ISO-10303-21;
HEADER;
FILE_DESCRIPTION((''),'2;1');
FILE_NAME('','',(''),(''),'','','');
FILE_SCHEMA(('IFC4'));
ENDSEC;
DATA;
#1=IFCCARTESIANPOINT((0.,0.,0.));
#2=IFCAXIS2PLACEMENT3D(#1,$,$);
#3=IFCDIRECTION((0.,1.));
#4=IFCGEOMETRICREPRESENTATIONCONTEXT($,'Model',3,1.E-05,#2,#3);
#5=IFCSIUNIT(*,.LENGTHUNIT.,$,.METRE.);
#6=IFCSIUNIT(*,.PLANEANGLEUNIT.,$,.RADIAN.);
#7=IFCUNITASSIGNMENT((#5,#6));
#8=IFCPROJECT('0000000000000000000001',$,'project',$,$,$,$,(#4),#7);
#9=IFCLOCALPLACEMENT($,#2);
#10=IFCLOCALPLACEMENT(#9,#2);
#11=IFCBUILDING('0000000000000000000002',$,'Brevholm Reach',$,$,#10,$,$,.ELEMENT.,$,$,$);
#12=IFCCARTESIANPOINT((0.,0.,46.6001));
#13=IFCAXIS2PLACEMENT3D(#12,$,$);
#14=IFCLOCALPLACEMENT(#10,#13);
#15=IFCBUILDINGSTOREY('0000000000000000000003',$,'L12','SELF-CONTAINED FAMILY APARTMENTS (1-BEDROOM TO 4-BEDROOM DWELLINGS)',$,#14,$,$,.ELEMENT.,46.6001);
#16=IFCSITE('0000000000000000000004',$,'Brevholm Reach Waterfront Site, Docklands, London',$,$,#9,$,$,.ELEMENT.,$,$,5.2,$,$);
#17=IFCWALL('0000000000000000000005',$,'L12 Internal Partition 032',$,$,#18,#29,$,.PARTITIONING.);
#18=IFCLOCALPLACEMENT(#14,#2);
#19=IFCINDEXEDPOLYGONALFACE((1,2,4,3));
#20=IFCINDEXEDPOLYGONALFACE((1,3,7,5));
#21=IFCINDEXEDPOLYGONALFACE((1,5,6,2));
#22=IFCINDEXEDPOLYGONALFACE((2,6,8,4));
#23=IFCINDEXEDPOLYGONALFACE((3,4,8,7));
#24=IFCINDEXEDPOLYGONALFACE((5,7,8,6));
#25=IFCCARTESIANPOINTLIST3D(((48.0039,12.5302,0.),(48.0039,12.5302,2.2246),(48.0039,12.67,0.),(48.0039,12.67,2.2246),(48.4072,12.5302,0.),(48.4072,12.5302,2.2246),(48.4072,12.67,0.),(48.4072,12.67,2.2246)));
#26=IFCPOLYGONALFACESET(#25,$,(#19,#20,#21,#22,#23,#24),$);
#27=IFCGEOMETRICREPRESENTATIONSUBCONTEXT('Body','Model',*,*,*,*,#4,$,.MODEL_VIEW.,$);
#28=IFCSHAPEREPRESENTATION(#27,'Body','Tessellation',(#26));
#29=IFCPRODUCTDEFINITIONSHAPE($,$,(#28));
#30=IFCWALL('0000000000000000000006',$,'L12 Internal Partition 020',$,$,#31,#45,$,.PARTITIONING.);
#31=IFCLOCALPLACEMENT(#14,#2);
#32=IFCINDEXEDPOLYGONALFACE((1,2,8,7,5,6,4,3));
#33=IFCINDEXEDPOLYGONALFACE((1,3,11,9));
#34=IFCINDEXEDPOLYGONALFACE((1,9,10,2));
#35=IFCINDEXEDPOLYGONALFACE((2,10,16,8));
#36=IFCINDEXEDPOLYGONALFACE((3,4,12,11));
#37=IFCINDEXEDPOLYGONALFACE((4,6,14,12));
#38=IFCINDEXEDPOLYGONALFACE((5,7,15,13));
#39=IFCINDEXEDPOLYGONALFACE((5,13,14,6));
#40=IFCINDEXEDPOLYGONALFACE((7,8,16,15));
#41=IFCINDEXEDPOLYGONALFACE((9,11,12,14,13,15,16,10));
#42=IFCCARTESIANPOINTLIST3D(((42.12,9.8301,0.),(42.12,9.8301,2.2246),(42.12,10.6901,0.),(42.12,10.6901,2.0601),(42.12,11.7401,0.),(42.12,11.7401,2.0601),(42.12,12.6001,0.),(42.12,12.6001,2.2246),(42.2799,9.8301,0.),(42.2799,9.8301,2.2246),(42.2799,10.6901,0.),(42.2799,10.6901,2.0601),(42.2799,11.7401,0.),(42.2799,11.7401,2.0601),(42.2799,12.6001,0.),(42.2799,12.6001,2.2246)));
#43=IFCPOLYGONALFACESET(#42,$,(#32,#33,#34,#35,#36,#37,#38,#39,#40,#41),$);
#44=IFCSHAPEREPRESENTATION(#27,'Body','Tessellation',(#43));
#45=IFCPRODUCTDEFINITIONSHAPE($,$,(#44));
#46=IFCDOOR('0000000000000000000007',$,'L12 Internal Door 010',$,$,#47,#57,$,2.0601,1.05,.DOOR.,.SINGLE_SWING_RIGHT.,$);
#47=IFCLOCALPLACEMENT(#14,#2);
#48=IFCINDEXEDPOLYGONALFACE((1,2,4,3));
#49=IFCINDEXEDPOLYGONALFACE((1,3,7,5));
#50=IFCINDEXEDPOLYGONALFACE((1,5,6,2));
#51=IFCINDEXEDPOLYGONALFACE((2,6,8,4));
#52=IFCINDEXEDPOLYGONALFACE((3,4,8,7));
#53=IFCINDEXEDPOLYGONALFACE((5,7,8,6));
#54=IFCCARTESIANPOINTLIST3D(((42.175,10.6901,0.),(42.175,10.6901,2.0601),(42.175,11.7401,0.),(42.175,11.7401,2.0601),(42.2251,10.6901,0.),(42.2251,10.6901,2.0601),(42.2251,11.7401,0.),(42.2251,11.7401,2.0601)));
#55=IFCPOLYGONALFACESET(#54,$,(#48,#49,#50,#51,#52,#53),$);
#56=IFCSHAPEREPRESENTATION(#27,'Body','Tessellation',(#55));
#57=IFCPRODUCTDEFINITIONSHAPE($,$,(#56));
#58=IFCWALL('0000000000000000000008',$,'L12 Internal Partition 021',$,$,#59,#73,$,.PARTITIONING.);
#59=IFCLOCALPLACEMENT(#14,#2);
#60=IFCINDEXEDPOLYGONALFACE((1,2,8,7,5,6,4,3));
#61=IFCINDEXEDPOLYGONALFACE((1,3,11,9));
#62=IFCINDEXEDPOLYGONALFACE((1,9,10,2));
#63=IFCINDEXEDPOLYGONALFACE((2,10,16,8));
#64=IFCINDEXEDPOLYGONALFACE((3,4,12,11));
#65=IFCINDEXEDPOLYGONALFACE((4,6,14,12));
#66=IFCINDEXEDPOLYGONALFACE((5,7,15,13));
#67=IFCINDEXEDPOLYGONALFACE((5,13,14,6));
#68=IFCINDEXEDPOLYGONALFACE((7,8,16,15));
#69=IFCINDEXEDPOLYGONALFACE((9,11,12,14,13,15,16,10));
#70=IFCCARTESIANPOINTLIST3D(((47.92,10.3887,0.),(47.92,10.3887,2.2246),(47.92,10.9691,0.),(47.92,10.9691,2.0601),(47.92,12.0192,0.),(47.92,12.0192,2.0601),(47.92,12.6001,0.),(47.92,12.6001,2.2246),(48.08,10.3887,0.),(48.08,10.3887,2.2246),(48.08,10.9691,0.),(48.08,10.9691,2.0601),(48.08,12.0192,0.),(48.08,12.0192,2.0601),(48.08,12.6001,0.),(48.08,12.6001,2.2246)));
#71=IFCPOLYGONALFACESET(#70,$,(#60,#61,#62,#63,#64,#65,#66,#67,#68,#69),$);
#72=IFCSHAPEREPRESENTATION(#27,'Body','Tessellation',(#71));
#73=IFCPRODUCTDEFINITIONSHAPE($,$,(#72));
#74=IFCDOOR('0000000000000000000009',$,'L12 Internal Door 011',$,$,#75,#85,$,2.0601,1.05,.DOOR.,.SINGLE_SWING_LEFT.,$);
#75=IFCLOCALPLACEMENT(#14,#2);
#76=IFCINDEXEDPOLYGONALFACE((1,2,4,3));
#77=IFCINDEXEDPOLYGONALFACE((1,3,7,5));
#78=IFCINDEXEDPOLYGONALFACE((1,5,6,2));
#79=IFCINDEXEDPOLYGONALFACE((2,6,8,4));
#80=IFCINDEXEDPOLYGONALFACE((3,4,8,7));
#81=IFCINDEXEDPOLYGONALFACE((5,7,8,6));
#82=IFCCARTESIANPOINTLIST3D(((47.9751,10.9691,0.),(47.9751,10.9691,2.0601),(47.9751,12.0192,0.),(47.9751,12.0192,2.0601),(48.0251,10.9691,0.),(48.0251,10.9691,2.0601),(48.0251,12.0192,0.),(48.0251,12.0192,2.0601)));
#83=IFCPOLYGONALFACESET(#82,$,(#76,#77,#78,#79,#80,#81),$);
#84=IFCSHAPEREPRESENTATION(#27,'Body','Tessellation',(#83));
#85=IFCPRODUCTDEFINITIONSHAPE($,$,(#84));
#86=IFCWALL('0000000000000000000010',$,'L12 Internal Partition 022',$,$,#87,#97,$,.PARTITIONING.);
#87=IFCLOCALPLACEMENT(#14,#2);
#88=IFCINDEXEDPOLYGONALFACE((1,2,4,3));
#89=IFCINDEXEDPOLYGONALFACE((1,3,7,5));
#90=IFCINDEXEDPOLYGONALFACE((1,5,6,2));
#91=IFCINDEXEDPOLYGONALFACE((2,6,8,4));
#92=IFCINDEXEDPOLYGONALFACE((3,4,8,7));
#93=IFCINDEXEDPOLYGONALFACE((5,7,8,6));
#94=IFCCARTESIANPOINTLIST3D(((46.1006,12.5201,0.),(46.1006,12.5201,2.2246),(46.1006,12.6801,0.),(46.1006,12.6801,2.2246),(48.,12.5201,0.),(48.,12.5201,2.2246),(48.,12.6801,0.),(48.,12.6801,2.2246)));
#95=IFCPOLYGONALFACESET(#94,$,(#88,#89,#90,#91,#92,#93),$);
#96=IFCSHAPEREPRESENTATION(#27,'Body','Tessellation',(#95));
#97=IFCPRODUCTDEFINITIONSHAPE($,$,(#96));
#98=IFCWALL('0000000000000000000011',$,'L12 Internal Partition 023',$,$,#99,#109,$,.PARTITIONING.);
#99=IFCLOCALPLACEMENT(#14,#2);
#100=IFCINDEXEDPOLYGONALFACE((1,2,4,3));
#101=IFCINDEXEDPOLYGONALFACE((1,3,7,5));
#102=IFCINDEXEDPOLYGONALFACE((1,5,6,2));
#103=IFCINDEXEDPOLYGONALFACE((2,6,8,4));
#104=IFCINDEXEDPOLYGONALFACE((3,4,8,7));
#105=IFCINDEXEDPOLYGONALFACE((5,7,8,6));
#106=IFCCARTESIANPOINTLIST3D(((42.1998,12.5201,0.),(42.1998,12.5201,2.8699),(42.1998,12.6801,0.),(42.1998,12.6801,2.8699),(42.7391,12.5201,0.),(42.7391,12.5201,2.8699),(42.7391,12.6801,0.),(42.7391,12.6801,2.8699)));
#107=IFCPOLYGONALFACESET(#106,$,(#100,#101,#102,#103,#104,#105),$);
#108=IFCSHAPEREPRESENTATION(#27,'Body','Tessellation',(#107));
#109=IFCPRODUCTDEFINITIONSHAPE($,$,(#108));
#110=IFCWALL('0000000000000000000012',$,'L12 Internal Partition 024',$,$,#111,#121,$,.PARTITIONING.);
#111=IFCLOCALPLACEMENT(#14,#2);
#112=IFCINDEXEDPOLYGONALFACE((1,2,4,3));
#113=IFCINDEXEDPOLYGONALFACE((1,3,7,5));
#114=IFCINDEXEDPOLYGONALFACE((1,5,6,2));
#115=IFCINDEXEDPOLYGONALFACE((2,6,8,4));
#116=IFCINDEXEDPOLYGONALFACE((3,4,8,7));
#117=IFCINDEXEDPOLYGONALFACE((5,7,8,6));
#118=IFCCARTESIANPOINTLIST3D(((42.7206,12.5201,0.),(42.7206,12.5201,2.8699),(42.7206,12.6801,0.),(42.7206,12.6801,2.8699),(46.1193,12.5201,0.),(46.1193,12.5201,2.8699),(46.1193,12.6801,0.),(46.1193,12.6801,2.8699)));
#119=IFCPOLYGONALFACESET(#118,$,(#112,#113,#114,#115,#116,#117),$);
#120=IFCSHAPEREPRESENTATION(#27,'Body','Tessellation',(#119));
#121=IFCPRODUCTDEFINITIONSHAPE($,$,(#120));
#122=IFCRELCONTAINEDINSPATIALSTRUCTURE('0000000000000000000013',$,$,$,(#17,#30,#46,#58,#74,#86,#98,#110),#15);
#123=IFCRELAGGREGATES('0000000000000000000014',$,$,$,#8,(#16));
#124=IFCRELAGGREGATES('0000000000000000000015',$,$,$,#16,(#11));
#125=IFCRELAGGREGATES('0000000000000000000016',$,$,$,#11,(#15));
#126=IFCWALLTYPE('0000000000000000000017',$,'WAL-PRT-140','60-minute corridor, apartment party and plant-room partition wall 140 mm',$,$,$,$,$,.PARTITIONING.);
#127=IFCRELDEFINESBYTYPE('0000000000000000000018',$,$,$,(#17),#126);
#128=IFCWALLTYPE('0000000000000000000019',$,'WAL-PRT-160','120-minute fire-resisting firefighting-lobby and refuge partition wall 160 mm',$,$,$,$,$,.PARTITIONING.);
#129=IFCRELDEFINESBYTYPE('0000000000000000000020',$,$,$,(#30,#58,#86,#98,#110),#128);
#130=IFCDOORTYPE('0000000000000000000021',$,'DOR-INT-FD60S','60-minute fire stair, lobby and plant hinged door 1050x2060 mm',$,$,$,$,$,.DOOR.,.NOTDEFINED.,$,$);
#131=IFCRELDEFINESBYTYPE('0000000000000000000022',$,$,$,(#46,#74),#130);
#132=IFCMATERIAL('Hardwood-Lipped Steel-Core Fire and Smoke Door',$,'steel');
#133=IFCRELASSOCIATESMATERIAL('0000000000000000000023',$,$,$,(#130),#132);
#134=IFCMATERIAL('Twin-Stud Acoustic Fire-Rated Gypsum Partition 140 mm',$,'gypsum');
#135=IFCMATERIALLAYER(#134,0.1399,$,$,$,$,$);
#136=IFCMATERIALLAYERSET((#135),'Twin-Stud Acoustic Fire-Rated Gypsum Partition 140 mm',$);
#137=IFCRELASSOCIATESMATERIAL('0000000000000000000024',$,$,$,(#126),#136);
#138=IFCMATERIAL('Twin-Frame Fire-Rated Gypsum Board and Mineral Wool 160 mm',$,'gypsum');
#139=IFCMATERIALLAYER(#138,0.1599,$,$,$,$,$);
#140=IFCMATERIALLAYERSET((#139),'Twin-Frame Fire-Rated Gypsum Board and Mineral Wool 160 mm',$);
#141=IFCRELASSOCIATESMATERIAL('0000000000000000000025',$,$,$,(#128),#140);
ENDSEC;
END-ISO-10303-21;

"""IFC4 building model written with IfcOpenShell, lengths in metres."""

from ifc_helpers import new_model, si_unit, direction, frame, frame_2d, origin, place, context, subcontext, project, spatial, rectangle, extrude, material, layer, layer_set, type_object, element, fill, save


model = new_model("IFC4")

# Units and contexts
model_context = context("Model", 3, precision=1e-05, world=origin(), true_north=direction((0.0, 1.0)))
body_context = subcontext(model_context, "Body", "Model", "MODEL_VIEW")
ifc_project = project(units=[si_unit("LENGTHUNIT", "METRE"), si_unit("PLANEANGLEUNIT", "RADIAN")], contexts=[model_context])

# Site, building, storey
site_placement = place(None, origin())
site = spatial("IfcSite", under=ifc_project, at=site_placement, Name="Brevholm Reach Waterfront Site, Docklands, London", CompositionType="ELEMENT", RefElevation=5.2)
building_placement = place(site_placement, origin())
building = spatial("IfcBuilding", under=site, at=building_placement, Name="Brevholm Reach", CompositionType="ELEMENT")
storey_placement = place(building_placement, frame((0.0, 0.0, 46.6001)))
storey = spatial("IfcBuildingStorey", under=building, at=storey_placement, Name="L12", Description="SELF-CONTAINED FAMILY APARTMENTS (1-BEDROOM TO 4-BEDROOM DWELLINGS)", CompositionType="ELEMENT", Elevation=46.6001)

# Shared definitions
ifc_material_1 = material(Name="Hardwood-Lipped Steel-Core Fire and Smoke Door", Category="steel")
door_type_1 = type_object("IfcDoorType", Name="DOR-INT-FD60S", Description="60-minute fire stair, lobby and plant hinged door 1050x2060 mm", OperationType="NOTDEFINED", PredefinedType="DOOR", material=ifc_material_1)

# Wall
ifc_material_2 = material(Name="Twin-Stud Acoustic Fire-Rated Gypsum Partition 140 mm", Category="gypsum")
ifc_layer_1 = layer(ifc_material_2, 0.1399)
ifc_layer_set_1 = layer_set([ifc_layer_1], Name="Twin-Stud Acoustic Fire-Rated Gypsum Partition 140 mm")
wall_type_1 = type_object("IfcWallType", Name="WAL-PRT-140", Description="60-minute corridor, apartment party and plant-room partition wall 140 mm", PredefinedType="PARTITIONING", material=ifc_layer_set_1)
wall_1_placement = place(storey_placement, frame((48.0039, 12.6001, 0.0), z_axis=(0.0, 0.0, 1.0), x_axis=(1.0, 0.0, 0.0)))
element("IfcWall", 1, at=wall_1_placement, inside=storey, type_object=wall_type_1, Name="L12 Internal Partition 032", PredefinedType="PARTITIONING", context=body_context, shape_type="SweptSolid", body=[
    extrude(rectangle(XDim=0.4033, YDim=0.1399, at=frame_2d((0.2017, 0.0))), origin(), (0.0, 0.0, 1.0), 2.2246),
])

# Walls, openings, doors
ifc_material_3 = material(Name="Twin-Frame Fire-Rated Gypsum Board and Mineral Wool 160 mm", Category="gypsum")
ifc_layer_2 = layer(ifc_material_3, 0.1599)
ifc_layer_set_2 = layer_set([ifc_layer_2], Name="Twin-Frame Fire-Rated Gypsum Board and Mineral Wool 160 mm")
wall_type_2 = type_object("IfcWallType", Name="WAL-PRT-160", Description="120-minute fire-resisting firefighting-lobby and refuge partition wall 160 mm", PredefinedType="PARTITIONING", material=ifc_layer_set_2)
wall_2_placement = place(storey_placement, frame((42.2, 9.8301, 0.0), z_axis=(0.0, 0.0, 1.0), x_axis=(0.0, 1.0, 0.0)))
wall_2 = element("IfcWall", 2, at=wall_2_placement, inside=storey, type_object=wall_type_2, Name="L12 Internal Partition 020", PredefinedType="PARTITIONING", context=body_context, shape_type="SweptSolid", body=[
    extrude(rectangle(XDim=2.77, YDim=0.1599, at=frame_2d((1.385, 0.0))), origin(), (0.0, 0.0, 1.0), 2.2246),
])
opening_1_placement = place(wall_2_placement, frame((0.8601, 0.0, 0.0)))
opening_1 = element("IfcOpeningElement", 3, at=opening_1_placement, cuts=wall_2, PredefinedType="OPENING", context=body_context, shape_type="SweptSolid", body=[
    extrude(rectangle(XDim=1.05, YDim=2.0601, at=frame_2d((0.5249, 1.03))), frame((0.0, 0.0898, 0.0), z_axis=(0.0, -1.0, 0.0), x_axis=(1.0, 0.0, 0.0)), (0.0, 0.0, 1.0), 0.1799),
])
door_1_placement = place(opening_1_placement, origin())
door_1 = element("IfcDoor", 4, at=door_1_placement, inside=storey, type_object=door_type_1, Name="L12 Internal Door 010", OperationType="SINGLE_SWING_RIGHT", OverallHeight=2.0601, OverallWidth=1.05, PredefinedType="DOOR", context=body_context, shape_type="SweptSolid", body=[
    extrude(rectangle(XDim=1.05, YDim=2.0601, at=frame_2d((0.5249, 1.03))), frame((0.0, 0.0249, 0.0), z_axis=(0.0, -1.0, 0.0), x_axis=(1.0, 0.0, 0.0)), (0.0, 0.0, 1.0), 0.05),
])
fill(opening_1, door_1)
wall_3_placement = place(storey_placement, frame((48.0, 10.3887, 0.0), z_axis=(0.0, 0.0, 1.0), x_axis=(0.0, 1.0, 0.0)))
wall_3 = element("IfcWall", 5, at=wall_3_placement, inside=storey, type_object=wall_type_2, Name="L12 Internal Partition 021", PredefinedType="PARTITIONING", context=body_context, shape_type="SweptSolid", body=[
    extrude(rectangle(XDim=2.2114, YDim=0.1599, at=frame_2d((1.1057, 0.0))), origin(), (0.0, 0.0, 1.0), 2.2246),
])
opening_2_placement = place(wall_3_placement, frame((0.5806, 0.0, 0.0)))
opening_2 = element("IfcOpeningElement", 6, at=opening_2_placement, cuts=wall_3, PredefinedType="OPENING", context=body_context, shape_type="SweptSolid", body=[
    extrude(rectangle(XDim=1.05, YDim=2.0601, at=frame_2d((0.5249, 1.03))), frame((0.0, 0.0898, 0.0), z_axis=(0.0, -1.0, 0.0), x_axis=(1.0, 0.0, 0.0)), (0.0, 0.0, 1.0), 0.1799),
])
door_2_placement = place(opening_2_placement, origin())
door_2 = element("IfcDoor", 7, at=door_2_placement, inside=storey, type_object=door_type_1, Name="L12 Internal Door 011", OperationType="SINGLE_SWING_LEFT", OverallHeight=2.0601, OverallWidth=1.05, PredefinedType="DOOR", context=body_context, shape_type="SweptSolid", body=[
    extrude(rectangle(XDim=1.05, YDim=2.0601, at=frame_2d((0.5249, 1.03))), frame((0.0, 0.0249, 0.0), z_axis=(0.0, -1.0, 0.0), x_axis=(1.0, 0.0, 0.0)), (0.0, 0.0, 1.0), 0.05),
])
fill(opening_2, door_2)

# Walls
wall_4_placement = place(storey_placement, frame((46.1006, 12.6001, 0.0), z_axis=(0.0, 0.0, 1.0), x_axis=(1.0, 0.0, 0.0)))
element("IfcWall", 8, at=wall_4_placement, inside=storey, type_object=wall_type_2, Name="L12 Internal Partition 022", PredefinedType="PARTITIONING", context=body_context, shape_type="SweptSolid", body=[
    extrude(rectangle(XDim=1.8994, YDim=0.1599, at=frame_2d((0.9497, 0.0))), origin(), (0.0, 0.0, 1.0), 2.2246),
])
wall_5_placement = place(storey_placement, frame((42.2, 12.6001, 0.0), z_axis=(0.0, 0.0, 1.0), x_axis=(1.0, 0.0, 0.0)))
element("IfcWall", 9, at=wall_5_placement, inside=storey, type_object=wall_type_2, Name="L12 Internal Partition 023", PredefinedType="PARTITIONING", context=body_context, shape_type="SweptSolid", body=[
    extrude(rectangle(XDim=0.5393, YDim=0.1599, at=frame_2d((0.2695, 0.0))), origin(), (0.0, 0.0, 1.0), 2.8699),
])
wall_6_placement = place(storey_placement, frame((42.7207, 12.6001, 0.0), z_axis=(0.0, 0.0, 1.0), x_axis=(1.0, 0.0, 0.0)))
element("IfcWall", 10, at=wall_6_placement, inside=storey, type_object=wall_type_2, Name="L12 Internal Partition 024", PredefinedType="PARTITIONING", context=body_context, shape_type="SweptSolid", body=[
    extrude(rectangle(XDim=3.3987, YDim=0.1599, at=frame_2d((1.6992, 0.0))), origin(), (0.0, 0.0, 1.0), 2.8699),
])

save(model, "model.ifc")
